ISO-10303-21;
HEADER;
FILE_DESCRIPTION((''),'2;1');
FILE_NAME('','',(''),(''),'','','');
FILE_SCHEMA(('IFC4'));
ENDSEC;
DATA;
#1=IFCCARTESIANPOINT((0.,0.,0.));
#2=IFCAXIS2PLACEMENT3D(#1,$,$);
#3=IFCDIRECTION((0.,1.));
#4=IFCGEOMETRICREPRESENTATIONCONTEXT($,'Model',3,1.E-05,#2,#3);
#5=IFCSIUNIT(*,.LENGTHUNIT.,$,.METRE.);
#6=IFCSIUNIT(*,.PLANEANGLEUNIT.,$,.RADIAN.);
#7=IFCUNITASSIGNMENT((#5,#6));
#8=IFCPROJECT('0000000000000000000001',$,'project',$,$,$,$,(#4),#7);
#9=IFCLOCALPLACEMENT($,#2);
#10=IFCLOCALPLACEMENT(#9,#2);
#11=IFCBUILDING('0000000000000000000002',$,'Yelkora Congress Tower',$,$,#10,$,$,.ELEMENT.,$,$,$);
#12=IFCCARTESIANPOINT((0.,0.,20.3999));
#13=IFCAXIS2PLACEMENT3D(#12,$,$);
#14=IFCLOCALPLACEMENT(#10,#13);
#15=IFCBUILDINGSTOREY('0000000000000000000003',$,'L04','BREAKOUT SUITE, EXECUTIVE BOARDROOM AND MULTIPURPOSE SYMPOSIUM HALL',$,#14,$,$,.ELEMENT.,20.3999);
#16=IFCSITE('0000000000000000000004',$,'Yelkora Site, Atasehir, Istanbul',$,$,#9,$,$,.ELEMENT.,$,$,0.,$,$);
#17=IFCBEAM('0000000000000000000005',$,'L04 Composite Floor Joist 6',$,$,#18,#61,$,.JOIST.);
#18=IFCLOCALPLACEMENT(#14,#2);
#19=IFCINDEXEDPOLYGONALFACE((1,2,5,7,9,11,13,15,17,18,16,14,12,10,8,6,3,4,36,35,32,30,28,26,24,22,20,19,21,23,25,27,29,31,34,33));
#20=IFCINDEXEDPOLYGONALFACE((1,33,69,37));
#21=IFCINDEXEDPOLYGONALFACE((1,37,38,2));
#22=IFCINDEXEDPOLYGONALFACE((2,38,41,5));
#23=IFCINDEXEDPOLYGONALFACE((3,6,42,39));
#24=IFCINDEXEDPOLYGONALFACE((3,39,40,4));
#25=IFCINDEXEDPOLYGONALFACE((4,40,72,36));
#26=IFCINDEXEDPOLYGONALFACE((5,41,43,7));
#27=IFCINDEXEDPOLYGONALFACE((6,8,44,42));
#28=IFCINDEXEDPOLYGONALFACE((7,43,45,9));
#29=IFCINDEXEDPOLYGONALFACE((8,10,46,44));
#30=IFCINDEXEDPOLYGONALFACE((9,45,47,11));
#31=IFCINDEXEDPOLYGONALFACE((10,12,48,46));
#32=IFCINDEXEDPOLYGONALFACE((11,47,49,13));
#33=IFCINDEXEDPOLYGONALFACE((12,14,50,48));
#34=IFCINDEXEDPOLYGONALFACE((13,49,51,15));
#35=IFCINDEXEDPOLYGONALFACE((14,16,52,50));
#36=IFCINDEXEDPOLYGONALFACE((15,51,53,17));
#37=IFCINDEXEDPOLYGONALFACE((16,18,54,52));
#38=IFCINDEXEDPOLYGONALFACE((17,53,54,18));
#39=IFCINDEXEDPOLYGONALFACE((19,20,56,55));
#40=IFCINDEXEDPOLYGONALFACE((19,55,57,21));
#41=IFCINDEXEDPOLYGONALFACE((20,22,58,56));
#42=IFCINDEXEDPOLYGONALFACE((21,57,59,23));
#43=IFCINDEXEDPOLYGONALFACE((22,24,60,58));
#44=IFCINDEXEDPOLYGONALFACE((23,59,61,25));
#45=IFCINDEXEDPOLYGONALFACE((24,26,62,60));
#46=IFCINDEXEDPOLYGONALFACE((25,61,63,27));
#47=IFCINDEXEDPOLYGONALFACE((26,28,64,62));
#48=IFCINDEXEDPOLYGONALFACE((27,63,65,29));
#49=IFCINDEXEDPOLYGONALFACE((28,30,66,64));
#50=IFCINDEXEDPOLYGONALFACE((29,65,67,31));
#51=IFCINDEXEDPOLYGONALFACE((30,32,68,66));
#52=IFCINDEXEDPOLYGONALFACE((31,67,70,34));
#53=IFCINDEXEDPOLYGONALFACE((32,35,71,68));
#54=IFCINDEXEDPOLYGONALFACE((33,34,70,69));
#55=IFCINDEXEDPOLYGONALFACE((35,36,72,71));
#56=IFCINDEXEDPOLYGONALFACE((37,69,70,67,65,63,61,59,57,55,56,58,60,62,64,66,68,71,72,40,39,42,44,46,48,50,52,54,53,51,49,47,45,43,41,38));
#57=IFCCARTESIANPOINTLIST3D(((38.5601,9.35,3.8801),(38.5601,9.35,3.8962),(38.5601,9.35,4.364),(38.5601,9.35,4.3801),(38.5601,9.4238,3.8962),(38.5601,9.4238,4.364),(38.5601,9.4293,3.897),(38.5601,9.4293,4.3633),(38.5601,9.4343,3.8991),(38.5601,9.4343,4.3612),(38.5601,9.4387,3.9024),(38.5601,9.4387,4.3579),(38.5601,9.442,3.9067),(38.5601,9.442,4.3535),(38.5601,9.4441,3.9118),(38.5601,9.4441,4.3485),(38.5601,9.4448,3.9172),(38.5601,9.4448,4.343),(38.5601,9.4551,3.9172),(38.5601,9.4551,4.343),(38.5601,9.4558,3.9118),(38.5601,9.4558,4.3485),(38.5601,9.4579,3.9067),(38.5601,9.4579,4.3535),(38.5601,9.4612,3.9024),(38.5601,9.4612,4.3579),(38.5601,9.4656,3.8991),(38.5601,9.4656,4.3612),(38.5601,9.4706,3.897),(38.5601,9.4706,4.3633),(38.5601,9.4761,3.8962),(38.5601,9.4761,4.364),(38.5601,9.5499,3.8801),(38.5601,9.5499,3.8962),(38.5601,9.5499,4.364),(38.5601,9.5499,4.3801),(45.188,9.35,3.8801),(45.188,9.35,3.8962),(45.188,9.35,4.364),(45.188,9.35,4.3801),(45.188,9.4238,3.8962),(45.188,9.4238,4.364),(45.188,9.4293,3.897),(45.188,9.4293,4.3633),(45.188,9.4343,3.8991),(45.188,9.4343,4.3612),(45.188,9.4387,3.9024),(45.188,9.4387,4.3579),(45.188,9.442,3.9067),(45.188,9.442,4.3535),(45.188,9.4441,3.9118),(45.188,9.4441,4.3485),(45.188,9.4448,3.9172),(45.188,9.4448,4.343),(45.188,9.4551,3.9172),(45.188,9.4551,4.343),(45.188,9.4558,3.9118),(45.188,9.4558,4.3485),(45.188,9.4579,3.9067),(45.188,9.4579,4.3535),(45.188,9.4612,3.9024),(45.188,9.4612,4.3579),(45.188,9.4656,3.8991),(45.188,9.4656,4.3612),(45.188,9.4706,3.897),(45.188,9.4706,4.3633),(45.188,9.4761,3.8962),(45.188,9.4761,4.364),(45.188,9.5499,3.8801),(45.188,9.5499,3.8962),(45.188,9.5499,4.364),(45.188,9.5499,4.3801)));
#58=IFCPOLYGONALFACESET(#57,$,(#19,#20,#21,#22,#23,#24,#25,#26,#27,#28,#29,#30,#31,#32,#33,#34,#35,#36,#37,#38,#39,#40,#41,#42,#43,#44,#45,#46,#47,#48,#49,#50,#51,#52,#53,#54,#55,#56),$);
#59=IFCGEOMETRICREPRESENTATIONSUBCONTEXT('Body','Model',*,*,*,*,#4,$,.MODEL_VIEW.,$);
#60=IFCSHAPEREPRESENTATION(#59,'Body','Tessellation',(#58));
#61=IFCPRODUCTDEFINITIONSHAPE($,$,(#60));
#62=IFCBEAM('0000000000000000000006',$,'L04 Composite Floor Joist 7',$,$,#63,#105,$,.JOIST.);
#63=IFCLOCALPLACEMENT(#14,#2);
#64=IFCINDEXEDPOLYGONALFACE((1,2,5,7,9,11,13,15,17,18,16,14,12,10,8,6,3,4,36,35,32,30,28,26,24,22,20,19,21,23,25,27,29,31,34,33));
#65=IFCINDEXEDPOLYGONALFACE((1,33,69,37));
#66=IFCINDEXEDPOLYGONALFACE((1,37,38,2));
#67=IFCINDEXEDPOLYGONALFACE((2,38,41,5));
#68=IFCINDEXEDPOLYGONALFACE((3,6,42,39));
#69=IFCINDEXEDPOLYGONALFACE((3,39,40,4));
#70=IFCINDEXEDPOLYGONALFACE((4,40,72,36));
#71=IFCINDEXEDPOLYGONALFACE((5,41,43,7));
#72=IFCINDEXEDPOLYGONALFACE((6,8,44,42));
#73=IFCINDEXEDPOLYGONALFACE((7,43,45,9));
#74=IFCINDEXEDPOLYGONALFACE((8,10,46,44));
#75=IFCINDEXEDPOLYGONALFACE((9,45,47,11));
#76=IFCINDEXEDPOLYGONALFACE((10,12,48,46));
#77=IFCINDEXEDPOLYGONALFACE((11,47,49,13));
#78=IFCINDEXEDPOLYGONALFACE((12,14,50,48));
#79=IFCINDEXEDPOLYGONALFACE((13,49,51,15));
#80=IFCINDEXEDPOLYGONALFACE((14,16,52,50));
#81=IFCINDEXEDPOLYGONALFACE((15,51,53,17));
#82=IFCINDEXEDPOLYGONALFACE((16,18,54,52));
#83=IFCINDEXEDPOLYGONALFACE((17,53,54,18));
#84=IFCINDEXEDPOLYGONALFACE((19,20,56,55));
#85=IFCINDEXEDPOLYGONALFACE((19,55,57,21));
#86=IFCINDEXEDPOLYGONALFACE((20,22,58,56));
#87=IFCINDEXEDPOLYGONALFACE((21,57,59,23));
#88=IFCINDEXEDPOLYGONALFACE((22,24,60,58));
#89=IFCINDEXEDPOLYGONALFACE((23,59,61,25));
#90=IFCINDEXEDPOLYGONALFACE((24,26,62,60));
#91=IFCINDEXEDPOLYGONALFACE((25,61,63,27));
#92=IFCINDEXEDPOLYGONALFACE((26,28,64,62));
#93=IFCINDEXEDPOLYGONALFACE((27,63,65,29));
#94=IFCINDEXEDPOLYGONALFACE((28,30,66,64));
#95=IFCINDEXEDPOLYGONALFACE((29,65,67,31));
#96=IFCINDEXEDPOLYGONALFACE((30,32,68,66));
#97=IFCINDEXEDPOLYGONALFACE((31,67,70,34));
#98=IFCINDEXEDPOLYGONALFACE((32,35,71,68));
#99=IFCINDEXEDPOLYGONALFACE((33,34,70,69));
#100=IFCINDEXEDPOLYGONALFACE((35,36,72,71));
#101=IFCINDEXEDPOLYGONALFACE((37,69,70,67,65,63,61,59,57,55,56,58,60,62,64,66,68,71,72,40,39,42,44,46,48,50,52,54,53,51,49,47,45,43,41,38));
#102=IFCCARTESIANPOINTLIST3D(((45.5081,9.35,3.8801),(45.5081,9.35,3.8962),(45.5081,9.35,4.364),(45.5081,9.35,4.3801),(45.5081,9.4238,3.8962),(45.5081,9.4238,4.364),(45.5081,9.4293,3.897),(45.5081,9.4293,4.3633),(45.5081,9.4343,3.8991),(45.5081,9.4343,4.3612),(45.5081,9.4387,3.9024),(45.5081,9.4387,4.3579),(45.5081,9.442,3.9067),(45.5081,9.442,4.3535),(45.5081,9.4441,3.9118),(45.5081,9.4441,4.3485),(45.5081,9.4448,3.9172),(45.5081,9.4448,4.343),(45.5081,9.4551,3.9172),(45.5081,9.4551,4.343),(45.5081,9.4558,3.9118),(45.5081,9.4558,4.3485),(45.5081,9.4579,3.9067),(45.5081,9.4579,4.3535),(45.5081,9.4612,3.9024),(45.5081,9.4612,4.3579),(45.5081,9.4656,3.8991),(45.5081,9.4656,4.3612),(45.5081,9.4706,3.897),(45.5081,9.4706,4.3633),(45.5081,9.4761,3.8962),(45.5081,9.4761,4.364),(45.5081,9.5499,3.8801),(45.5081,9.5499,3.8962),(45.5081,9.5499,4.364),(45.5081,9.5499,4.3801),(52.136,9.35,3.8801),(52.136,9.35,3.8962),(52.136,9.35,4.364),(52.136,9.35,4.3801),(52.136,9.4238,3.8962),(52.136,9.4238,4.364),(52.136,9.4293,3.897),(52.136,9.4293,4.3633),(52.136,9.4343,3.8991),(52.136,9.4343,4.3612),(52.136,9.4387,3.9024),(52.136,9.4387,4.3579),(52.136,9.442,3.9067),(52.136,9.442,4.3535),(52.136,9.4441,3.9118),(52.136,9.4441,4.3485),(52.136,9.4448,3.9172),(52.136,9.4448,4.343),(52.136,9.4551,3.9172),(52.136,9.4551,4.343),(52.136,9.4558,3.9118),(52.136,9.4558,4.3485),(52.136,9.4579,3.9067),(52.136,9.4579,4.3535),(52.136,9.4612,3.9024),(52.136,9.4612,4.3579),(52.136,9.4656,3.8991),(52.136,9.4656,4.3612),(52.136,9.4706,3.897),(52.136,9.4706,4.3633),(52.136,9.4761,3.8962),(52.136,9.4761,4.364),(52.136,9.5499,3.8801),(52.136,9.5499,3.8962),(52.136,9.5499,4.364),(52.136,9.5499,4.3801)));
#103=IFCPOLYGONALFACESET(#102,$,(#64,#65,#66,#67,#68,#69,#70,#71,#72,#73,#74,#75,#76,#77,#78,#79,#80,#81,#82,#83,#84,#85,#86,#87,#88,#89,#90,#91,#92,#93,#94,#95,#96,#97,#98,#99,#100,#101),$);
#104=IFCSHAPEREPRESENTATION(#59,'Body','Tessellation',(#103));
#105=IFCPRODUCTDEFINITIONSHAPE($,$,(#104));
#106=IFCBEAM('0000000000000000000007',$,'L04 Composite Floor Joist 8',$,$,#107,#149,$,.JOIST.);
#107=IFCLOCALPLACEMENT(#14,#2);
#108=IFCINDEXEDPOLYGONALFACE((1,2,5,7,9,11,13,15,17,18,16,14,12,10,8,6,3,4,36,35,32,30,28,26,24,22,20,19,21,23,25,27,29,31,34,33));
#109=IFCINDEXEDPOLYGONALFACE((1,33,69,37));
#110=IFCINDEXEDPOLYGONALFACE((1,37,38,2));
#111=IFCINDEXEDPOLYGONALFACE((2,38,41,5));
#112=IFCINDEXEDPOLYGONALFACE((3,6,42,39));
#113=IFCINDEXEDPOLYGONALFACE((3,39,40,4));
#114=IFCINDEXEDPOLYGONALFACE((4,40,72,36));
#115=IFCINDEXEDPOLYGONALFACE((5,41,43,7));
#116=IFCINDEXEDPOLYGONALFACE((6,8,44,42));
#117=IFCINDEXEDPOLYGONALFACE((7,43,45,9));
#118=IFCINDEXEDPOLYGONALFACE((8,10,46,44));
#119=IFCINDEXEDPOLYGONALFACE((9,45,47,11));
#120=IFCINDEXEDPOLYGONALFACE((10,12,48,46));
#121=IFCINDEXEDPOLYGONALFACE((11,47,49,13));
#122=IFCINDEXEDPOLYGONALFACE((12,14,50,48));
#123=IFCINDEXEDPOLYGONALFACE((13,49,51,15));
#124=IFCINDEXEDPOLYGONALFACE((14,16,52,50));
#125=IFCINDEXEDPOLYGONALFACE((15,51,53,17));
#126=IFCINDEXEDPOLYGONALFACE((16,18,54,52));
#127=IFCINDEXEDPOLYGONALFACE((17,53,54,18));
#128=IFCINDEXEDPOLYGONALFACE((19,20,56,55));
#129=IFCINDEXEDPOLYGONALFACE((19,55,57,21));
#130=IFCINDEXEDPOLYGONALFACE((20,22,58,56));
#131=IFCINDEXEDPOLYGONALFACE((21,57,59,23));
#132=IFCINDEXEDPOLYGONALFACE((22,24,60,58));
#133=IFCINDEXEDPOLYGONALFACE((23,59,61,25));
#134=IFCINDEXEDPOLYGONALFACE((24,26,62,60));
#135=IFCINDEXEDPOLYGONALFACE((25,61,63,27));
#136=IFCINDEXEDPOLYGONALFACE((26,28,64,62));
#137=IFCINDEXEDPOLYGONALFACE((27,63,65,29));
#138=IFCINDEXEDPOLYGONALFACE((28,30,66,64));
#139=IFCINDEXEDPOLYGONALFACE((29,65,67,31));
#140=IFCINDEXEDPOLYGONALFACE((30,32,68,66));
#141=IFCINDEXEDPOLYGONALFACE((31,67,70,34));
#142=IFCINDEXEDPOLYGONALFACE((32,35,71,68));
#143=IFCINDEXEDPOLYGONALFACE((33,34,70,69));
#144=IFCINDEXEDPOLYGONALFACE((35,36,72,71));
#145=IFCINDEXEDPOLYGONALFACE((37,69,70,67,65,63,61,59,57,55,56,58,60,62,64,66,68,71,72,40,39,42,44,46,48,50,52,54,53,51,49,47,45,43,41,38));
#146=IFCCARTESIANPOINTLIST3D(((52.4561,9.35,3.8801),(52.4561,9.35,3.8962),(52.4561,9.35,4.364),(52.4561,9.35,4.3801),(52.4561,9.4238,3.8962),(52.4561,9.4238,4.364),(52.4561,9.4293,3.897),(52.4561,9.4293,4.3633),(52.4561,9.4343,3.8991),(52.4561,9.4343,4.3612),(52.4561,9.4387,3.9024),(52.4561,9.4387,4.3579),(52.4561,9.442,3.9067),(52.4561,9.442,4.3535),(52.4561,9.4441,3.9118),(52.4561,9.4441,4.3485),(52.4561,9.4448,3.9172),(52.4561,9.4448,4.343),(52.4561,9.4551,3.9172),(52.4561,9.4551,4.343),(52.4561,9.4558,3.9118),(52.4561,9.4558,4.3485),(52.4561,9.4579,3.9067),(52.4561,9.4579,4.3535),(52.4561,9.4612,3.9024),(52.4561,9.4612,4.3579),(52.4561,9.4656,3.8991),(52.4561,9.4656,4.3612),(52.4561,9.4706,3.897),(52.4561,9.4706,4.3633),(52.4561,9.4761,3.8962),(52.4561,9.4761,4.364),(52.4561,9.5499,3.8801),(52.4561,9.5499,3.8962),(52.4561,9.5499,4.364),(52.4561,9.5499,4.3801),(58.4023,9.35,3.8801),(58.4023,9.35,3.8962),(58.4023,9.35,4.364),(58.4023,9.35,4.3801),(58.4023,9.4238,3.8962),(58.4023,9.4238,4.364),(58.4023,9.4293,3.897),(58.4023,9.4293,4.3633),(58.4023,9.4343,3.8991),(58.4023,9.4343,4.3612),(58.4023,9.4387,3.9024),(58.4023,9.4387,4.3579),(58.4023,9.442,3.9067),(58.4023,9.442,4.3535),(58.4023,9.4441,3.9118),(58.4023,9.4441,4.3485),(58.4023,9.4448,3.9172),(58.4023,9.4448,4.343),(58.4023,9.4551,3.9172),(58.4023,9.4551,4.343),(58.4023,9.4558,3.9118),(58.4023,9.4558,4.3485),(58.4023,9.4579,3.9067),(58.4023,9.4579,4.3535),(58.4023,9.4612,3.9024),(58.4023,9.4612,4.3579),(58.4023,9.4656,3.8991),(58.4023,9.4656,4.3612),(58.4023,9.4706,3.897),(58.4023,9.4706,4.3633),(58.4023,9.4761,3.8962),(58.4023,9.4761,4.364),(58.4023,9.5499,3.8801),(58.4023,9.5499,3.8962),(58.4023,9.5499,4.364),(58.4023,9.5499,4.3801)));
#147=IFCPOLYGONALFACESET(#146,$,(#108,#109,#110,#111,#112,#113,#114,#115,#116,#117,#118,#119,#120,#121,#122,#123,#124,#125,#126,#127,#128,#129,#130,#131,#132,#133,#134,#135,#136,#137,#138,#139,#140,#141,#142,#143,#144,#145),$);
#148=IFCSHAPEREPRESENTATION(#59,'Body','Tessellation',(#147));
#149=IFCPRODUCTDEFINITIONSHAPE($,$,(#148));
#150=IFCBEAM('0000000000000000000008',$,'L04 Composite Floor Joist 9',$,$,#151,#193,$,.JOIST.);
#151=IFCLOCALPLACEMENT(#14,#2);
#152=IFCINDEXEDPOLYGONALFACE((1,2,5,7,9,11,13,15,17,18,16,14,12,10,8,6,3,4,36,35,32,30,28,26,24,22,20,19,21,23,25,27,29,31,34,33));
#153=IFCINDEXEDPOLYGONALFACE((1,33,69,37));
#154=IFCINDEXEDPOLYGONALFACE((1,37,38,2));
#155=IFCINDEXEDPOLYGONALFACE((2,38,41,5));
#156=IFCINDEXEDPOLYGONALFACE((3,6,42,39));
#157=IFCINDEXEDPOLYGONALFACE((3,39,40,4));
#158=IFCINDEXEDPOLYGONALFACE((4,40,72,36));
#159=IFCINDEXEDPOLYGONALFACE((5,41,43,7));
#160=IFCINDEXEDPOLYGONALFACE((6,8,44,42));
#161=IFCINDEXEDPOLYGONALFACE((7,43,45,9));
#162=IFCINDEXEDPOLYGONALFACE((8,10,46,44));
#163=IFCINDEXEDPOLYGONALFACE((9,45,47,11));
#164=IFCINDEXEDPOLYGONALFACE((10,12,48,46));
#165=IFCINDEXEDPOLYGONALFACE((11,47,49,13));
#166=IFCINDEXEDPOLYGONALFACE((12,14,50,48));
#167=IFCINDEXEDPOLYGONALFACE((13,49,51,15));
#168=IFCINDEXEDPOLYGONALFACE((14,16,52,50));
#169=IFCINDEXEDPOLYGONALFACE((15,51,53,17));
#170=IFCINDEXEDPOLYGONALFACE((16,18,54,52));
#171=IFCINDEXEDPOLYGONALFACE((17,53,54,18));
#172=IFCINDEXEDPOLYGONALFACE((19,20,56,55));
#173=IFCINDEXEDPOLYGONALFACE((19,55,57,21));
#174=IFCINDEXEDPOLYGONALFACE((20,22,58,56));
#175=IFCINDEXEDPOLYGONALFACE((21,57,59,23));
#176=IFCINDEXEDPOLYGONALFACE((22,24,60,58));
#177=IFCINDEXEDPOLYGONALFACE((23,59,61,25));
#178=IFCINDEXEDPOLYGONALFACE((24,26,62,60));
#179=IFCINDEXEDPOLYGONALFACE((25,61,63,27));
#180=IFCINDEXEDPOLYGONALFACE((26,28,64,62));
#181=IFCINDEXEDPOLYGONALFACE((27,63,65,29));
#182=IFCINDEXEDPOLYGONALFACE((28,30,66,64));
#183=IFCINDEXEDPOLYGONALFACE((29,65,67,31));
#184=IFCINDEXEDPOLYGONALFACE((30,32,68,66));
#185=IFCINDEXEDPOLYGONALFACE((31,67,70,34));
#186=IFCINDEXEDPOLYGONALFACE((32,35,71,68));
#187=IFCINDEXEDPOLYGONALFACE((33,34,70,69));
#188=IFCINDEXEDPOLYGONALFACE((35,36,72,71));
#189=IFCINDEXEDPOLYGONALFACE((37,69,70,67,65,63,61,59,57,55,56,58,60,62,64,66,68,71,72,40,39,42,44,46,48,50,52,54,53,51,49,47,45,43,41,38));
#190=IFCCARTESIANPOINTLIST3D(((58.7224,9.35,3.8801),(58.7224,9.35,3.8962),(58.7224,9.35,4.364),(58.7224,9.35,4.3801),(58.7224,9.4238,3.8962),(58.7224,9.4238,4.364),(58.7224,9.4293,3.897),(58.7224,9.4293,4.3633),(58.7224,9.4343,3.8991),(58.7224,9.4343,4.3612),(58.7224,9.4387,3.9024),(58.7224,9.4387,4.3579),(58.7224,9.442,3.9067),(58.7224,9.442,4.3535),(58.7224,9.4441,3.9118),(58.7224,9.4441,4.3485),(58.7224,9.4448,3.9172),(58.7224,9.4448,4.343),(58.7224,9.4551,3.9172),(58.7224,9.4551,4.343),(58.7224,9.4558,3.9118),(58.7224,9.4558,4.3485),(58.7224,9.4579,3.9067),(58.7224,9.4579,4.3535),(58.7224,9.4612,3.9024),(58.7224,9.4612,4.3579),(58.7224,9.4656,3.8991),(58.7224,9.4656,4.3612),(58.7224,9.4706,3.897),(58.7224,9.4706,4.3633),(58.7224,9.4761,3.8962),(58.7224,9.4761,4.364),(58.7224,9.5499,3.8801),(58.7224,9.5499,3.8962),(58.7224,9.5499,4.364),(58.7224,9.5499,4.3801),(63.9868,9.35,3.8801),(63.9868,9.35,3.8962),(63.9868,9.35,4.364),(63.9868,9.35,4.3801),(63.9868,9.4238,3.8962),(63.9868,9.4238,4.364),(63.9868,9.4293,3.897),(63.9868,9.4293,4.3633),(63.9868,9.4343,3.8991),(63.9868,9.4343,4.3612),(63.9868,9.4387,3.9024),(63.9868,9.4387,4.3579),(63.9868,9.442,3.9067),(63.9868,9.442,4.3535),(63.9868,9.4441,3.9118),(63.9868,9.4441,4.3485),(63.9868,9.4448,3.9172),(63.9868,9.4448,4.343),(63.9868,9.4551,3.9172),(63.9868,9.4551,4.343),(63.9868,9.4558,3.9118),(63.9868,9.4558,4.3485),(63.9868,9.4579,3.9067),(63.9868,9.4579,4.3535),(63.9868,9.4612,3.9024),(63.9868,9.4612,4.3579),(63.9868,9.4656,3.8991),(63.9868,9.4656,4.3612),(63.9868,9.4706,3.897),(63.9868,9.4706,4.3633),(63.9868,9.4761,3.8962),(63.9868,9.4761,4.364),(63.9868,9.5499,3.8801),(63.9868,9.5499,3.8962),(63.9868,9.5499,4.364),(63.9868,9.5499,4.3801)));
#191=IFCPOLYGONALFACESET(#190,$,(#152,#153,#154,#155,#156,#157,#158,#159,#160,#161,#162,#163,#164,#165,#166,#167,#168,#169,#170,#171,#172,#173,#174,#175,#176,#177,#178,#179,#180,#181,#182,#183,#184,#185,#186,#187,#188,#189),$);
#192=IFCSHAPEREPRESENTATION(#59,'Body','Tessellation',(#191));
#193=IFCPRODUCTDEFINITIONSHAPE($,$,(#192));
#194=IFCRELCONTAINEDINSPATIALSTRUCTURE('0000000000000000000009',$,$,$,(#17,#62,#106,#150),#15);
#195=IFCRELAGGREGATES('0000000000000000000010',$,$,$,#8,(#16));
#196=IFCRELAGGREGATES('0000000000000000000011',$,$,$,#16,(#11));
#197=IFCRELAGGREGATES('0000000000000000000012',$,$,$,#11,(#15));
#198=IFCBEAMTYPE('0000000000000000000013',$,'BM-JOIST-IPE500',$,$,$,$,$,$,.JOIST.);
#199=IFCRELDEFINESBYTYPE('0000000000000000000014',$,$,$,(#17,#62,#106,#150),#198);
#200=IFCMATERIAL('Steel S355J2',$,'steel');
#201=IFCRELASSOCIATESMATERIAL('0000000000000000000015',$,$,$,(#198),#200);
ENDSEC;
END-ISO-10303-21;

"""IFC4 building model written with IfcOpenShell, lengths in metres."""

from ifc_helpers import new_model, si_unit, direction, frame, origin, origin_2d, place, context, subcontext, project, spatial, i_section, extrude, material, material_profile, profile_set, type_object, element, save


model = new_model("IFC4")

# Units and contexts
model_context = context("Model", 3, precision=1e-05, world=origin(), true_north=direction((0.0, 1.0)))
body_context = subcontext(model_context, "Body", "Model", "MODEL_VIEW")
ifc_project = project(units=[si_unit("LENGTHUNIT", "METRE"), si_unit("PLANEANGLEUNIT", "RADIAN")], contexts=[model_context])

# Site, building, storey
site_placement = place(None, origin())
site = spatial("IfcSite", under=ifc_project, at=site_placement, Name="Yelkora Site, Atasehir, Istanbul", CompositionType="ELEMENT", RefElevation=0.0)
building_placement = place(site_placement, origin())
building = spatial("IfcBuilding", under=site, at=building_placement, Name="Yelkora Congress Tower", CompositionType="ELEMENT")
storey_placement = place(building_placement, frame((0.0, 0.0, 20.3999)))
storey = spatial("IfcBuildingStorey", under=building, at=storey_placement, Name="L04", Description="BREAKOUT SUITE, EXECUTIVE BOARDROOM AND MULTIPURPOSE SYMPOSIUM HALL", CompositionType="ELEMENT", Elevation=20.3999)

# Beams
ifc_material_1 = material(Name="Steel S355J2", Category="steel")
ifc_material_profile_1 = material_profile(ifc_material_1, i_section(OverallWidth=0.2, OverallDepth=0.5, WebThickness=0.0103, FlangeThickness=0.0161, FilletRadius=0.021, at=origin_2d()), Name="IPE 500")
ifc_profile_set_1 = profile_set([ifc_material_profile_1], Name="Steel S355J2")
beam_type_1 = type_object("IfcBeamType", Name="BM-JOIST-IPE500", PredefinedType="JOIST", material=ifc_profile_set_1)
for number, where, z_axis, x_axis, name in (
    (1, (38.5601, 9.45, 4.1301), (1.0, 0.0, 0.0), (0.0, 1.0, 0.0), "L04 Composite Floor Joist 6"),
    (2, (45.5081, 9.45, 4.1301), (1.0, 0.0, 0.0), (0.0, 1.0, 0.0), "L04 Composite Floor Joist 7"),
):
    element("IfcBeam", number, at=place(storey_placement, frame(where, z_axis=z_axis, x_axis=x_axis)), inside=storey, type_object=beam_type_1, Name=name, PredefinedType="JOIST", context=body_context, shape_type="SweptSolid", body=[
        extrude(i_section(OverallWidth=0.2, OverallDepth=0.5, WebThickness=0.0103, FlangeThickness=0.0161, FilletRadius=0.021, at=origin_2d()), origin(), (0.0, 0.0, 1.0), 6.6279),
    ])
beam_1_placement = place(storey_placement, frame((52.4561, 9.45, 4.1301), z_axis=(1.0, 0.0, 0.0), x_axis=(0.0, 1.0, 0.0)))
element("IfcBeam", 3, at=beam_1_placement, inside=storey, type_object=beam_type_1, Name="L04 Composite Floor Joist 8", PredefinedType="JOIST", context=body_context, shape_type="SweptSolid", body=[
    extrude(i_section(OverallWidth=0.2, OverallDepth=0.5, WebThickness=0.0103, FlangeThickness=0.0161, FilletRadius=0.021, at=origin_2d()), origin(), (0.0, 0.0, 1.0), 5.9463),
])
beam_2_placement = place(storey_placement, frame((58.7224, 9.45, 4.1301), z_axis=(1.0, 0.0, 0.0), x_axis=(0.0, 1.0, 0.0)))
element("IfcBeam", 4, at=beam_2_placement, inside=storey, type_object=beam_type_1, Name="L04 Composite Floor Joist 9", PredefinedType="JOIST", context=body_context, shape_type="SweptSolid", body=[
    extrude(i_section(OverallWidth=0.2, OverallDepth=0.5, WebThickness=0.0103, FlangeThickness=0.0161, FilletRadius=0.021, at=origin_2d()), origin(), (0.0, 0.0, 1.0), 5.2644),
])

save(model, "model.ifc")
